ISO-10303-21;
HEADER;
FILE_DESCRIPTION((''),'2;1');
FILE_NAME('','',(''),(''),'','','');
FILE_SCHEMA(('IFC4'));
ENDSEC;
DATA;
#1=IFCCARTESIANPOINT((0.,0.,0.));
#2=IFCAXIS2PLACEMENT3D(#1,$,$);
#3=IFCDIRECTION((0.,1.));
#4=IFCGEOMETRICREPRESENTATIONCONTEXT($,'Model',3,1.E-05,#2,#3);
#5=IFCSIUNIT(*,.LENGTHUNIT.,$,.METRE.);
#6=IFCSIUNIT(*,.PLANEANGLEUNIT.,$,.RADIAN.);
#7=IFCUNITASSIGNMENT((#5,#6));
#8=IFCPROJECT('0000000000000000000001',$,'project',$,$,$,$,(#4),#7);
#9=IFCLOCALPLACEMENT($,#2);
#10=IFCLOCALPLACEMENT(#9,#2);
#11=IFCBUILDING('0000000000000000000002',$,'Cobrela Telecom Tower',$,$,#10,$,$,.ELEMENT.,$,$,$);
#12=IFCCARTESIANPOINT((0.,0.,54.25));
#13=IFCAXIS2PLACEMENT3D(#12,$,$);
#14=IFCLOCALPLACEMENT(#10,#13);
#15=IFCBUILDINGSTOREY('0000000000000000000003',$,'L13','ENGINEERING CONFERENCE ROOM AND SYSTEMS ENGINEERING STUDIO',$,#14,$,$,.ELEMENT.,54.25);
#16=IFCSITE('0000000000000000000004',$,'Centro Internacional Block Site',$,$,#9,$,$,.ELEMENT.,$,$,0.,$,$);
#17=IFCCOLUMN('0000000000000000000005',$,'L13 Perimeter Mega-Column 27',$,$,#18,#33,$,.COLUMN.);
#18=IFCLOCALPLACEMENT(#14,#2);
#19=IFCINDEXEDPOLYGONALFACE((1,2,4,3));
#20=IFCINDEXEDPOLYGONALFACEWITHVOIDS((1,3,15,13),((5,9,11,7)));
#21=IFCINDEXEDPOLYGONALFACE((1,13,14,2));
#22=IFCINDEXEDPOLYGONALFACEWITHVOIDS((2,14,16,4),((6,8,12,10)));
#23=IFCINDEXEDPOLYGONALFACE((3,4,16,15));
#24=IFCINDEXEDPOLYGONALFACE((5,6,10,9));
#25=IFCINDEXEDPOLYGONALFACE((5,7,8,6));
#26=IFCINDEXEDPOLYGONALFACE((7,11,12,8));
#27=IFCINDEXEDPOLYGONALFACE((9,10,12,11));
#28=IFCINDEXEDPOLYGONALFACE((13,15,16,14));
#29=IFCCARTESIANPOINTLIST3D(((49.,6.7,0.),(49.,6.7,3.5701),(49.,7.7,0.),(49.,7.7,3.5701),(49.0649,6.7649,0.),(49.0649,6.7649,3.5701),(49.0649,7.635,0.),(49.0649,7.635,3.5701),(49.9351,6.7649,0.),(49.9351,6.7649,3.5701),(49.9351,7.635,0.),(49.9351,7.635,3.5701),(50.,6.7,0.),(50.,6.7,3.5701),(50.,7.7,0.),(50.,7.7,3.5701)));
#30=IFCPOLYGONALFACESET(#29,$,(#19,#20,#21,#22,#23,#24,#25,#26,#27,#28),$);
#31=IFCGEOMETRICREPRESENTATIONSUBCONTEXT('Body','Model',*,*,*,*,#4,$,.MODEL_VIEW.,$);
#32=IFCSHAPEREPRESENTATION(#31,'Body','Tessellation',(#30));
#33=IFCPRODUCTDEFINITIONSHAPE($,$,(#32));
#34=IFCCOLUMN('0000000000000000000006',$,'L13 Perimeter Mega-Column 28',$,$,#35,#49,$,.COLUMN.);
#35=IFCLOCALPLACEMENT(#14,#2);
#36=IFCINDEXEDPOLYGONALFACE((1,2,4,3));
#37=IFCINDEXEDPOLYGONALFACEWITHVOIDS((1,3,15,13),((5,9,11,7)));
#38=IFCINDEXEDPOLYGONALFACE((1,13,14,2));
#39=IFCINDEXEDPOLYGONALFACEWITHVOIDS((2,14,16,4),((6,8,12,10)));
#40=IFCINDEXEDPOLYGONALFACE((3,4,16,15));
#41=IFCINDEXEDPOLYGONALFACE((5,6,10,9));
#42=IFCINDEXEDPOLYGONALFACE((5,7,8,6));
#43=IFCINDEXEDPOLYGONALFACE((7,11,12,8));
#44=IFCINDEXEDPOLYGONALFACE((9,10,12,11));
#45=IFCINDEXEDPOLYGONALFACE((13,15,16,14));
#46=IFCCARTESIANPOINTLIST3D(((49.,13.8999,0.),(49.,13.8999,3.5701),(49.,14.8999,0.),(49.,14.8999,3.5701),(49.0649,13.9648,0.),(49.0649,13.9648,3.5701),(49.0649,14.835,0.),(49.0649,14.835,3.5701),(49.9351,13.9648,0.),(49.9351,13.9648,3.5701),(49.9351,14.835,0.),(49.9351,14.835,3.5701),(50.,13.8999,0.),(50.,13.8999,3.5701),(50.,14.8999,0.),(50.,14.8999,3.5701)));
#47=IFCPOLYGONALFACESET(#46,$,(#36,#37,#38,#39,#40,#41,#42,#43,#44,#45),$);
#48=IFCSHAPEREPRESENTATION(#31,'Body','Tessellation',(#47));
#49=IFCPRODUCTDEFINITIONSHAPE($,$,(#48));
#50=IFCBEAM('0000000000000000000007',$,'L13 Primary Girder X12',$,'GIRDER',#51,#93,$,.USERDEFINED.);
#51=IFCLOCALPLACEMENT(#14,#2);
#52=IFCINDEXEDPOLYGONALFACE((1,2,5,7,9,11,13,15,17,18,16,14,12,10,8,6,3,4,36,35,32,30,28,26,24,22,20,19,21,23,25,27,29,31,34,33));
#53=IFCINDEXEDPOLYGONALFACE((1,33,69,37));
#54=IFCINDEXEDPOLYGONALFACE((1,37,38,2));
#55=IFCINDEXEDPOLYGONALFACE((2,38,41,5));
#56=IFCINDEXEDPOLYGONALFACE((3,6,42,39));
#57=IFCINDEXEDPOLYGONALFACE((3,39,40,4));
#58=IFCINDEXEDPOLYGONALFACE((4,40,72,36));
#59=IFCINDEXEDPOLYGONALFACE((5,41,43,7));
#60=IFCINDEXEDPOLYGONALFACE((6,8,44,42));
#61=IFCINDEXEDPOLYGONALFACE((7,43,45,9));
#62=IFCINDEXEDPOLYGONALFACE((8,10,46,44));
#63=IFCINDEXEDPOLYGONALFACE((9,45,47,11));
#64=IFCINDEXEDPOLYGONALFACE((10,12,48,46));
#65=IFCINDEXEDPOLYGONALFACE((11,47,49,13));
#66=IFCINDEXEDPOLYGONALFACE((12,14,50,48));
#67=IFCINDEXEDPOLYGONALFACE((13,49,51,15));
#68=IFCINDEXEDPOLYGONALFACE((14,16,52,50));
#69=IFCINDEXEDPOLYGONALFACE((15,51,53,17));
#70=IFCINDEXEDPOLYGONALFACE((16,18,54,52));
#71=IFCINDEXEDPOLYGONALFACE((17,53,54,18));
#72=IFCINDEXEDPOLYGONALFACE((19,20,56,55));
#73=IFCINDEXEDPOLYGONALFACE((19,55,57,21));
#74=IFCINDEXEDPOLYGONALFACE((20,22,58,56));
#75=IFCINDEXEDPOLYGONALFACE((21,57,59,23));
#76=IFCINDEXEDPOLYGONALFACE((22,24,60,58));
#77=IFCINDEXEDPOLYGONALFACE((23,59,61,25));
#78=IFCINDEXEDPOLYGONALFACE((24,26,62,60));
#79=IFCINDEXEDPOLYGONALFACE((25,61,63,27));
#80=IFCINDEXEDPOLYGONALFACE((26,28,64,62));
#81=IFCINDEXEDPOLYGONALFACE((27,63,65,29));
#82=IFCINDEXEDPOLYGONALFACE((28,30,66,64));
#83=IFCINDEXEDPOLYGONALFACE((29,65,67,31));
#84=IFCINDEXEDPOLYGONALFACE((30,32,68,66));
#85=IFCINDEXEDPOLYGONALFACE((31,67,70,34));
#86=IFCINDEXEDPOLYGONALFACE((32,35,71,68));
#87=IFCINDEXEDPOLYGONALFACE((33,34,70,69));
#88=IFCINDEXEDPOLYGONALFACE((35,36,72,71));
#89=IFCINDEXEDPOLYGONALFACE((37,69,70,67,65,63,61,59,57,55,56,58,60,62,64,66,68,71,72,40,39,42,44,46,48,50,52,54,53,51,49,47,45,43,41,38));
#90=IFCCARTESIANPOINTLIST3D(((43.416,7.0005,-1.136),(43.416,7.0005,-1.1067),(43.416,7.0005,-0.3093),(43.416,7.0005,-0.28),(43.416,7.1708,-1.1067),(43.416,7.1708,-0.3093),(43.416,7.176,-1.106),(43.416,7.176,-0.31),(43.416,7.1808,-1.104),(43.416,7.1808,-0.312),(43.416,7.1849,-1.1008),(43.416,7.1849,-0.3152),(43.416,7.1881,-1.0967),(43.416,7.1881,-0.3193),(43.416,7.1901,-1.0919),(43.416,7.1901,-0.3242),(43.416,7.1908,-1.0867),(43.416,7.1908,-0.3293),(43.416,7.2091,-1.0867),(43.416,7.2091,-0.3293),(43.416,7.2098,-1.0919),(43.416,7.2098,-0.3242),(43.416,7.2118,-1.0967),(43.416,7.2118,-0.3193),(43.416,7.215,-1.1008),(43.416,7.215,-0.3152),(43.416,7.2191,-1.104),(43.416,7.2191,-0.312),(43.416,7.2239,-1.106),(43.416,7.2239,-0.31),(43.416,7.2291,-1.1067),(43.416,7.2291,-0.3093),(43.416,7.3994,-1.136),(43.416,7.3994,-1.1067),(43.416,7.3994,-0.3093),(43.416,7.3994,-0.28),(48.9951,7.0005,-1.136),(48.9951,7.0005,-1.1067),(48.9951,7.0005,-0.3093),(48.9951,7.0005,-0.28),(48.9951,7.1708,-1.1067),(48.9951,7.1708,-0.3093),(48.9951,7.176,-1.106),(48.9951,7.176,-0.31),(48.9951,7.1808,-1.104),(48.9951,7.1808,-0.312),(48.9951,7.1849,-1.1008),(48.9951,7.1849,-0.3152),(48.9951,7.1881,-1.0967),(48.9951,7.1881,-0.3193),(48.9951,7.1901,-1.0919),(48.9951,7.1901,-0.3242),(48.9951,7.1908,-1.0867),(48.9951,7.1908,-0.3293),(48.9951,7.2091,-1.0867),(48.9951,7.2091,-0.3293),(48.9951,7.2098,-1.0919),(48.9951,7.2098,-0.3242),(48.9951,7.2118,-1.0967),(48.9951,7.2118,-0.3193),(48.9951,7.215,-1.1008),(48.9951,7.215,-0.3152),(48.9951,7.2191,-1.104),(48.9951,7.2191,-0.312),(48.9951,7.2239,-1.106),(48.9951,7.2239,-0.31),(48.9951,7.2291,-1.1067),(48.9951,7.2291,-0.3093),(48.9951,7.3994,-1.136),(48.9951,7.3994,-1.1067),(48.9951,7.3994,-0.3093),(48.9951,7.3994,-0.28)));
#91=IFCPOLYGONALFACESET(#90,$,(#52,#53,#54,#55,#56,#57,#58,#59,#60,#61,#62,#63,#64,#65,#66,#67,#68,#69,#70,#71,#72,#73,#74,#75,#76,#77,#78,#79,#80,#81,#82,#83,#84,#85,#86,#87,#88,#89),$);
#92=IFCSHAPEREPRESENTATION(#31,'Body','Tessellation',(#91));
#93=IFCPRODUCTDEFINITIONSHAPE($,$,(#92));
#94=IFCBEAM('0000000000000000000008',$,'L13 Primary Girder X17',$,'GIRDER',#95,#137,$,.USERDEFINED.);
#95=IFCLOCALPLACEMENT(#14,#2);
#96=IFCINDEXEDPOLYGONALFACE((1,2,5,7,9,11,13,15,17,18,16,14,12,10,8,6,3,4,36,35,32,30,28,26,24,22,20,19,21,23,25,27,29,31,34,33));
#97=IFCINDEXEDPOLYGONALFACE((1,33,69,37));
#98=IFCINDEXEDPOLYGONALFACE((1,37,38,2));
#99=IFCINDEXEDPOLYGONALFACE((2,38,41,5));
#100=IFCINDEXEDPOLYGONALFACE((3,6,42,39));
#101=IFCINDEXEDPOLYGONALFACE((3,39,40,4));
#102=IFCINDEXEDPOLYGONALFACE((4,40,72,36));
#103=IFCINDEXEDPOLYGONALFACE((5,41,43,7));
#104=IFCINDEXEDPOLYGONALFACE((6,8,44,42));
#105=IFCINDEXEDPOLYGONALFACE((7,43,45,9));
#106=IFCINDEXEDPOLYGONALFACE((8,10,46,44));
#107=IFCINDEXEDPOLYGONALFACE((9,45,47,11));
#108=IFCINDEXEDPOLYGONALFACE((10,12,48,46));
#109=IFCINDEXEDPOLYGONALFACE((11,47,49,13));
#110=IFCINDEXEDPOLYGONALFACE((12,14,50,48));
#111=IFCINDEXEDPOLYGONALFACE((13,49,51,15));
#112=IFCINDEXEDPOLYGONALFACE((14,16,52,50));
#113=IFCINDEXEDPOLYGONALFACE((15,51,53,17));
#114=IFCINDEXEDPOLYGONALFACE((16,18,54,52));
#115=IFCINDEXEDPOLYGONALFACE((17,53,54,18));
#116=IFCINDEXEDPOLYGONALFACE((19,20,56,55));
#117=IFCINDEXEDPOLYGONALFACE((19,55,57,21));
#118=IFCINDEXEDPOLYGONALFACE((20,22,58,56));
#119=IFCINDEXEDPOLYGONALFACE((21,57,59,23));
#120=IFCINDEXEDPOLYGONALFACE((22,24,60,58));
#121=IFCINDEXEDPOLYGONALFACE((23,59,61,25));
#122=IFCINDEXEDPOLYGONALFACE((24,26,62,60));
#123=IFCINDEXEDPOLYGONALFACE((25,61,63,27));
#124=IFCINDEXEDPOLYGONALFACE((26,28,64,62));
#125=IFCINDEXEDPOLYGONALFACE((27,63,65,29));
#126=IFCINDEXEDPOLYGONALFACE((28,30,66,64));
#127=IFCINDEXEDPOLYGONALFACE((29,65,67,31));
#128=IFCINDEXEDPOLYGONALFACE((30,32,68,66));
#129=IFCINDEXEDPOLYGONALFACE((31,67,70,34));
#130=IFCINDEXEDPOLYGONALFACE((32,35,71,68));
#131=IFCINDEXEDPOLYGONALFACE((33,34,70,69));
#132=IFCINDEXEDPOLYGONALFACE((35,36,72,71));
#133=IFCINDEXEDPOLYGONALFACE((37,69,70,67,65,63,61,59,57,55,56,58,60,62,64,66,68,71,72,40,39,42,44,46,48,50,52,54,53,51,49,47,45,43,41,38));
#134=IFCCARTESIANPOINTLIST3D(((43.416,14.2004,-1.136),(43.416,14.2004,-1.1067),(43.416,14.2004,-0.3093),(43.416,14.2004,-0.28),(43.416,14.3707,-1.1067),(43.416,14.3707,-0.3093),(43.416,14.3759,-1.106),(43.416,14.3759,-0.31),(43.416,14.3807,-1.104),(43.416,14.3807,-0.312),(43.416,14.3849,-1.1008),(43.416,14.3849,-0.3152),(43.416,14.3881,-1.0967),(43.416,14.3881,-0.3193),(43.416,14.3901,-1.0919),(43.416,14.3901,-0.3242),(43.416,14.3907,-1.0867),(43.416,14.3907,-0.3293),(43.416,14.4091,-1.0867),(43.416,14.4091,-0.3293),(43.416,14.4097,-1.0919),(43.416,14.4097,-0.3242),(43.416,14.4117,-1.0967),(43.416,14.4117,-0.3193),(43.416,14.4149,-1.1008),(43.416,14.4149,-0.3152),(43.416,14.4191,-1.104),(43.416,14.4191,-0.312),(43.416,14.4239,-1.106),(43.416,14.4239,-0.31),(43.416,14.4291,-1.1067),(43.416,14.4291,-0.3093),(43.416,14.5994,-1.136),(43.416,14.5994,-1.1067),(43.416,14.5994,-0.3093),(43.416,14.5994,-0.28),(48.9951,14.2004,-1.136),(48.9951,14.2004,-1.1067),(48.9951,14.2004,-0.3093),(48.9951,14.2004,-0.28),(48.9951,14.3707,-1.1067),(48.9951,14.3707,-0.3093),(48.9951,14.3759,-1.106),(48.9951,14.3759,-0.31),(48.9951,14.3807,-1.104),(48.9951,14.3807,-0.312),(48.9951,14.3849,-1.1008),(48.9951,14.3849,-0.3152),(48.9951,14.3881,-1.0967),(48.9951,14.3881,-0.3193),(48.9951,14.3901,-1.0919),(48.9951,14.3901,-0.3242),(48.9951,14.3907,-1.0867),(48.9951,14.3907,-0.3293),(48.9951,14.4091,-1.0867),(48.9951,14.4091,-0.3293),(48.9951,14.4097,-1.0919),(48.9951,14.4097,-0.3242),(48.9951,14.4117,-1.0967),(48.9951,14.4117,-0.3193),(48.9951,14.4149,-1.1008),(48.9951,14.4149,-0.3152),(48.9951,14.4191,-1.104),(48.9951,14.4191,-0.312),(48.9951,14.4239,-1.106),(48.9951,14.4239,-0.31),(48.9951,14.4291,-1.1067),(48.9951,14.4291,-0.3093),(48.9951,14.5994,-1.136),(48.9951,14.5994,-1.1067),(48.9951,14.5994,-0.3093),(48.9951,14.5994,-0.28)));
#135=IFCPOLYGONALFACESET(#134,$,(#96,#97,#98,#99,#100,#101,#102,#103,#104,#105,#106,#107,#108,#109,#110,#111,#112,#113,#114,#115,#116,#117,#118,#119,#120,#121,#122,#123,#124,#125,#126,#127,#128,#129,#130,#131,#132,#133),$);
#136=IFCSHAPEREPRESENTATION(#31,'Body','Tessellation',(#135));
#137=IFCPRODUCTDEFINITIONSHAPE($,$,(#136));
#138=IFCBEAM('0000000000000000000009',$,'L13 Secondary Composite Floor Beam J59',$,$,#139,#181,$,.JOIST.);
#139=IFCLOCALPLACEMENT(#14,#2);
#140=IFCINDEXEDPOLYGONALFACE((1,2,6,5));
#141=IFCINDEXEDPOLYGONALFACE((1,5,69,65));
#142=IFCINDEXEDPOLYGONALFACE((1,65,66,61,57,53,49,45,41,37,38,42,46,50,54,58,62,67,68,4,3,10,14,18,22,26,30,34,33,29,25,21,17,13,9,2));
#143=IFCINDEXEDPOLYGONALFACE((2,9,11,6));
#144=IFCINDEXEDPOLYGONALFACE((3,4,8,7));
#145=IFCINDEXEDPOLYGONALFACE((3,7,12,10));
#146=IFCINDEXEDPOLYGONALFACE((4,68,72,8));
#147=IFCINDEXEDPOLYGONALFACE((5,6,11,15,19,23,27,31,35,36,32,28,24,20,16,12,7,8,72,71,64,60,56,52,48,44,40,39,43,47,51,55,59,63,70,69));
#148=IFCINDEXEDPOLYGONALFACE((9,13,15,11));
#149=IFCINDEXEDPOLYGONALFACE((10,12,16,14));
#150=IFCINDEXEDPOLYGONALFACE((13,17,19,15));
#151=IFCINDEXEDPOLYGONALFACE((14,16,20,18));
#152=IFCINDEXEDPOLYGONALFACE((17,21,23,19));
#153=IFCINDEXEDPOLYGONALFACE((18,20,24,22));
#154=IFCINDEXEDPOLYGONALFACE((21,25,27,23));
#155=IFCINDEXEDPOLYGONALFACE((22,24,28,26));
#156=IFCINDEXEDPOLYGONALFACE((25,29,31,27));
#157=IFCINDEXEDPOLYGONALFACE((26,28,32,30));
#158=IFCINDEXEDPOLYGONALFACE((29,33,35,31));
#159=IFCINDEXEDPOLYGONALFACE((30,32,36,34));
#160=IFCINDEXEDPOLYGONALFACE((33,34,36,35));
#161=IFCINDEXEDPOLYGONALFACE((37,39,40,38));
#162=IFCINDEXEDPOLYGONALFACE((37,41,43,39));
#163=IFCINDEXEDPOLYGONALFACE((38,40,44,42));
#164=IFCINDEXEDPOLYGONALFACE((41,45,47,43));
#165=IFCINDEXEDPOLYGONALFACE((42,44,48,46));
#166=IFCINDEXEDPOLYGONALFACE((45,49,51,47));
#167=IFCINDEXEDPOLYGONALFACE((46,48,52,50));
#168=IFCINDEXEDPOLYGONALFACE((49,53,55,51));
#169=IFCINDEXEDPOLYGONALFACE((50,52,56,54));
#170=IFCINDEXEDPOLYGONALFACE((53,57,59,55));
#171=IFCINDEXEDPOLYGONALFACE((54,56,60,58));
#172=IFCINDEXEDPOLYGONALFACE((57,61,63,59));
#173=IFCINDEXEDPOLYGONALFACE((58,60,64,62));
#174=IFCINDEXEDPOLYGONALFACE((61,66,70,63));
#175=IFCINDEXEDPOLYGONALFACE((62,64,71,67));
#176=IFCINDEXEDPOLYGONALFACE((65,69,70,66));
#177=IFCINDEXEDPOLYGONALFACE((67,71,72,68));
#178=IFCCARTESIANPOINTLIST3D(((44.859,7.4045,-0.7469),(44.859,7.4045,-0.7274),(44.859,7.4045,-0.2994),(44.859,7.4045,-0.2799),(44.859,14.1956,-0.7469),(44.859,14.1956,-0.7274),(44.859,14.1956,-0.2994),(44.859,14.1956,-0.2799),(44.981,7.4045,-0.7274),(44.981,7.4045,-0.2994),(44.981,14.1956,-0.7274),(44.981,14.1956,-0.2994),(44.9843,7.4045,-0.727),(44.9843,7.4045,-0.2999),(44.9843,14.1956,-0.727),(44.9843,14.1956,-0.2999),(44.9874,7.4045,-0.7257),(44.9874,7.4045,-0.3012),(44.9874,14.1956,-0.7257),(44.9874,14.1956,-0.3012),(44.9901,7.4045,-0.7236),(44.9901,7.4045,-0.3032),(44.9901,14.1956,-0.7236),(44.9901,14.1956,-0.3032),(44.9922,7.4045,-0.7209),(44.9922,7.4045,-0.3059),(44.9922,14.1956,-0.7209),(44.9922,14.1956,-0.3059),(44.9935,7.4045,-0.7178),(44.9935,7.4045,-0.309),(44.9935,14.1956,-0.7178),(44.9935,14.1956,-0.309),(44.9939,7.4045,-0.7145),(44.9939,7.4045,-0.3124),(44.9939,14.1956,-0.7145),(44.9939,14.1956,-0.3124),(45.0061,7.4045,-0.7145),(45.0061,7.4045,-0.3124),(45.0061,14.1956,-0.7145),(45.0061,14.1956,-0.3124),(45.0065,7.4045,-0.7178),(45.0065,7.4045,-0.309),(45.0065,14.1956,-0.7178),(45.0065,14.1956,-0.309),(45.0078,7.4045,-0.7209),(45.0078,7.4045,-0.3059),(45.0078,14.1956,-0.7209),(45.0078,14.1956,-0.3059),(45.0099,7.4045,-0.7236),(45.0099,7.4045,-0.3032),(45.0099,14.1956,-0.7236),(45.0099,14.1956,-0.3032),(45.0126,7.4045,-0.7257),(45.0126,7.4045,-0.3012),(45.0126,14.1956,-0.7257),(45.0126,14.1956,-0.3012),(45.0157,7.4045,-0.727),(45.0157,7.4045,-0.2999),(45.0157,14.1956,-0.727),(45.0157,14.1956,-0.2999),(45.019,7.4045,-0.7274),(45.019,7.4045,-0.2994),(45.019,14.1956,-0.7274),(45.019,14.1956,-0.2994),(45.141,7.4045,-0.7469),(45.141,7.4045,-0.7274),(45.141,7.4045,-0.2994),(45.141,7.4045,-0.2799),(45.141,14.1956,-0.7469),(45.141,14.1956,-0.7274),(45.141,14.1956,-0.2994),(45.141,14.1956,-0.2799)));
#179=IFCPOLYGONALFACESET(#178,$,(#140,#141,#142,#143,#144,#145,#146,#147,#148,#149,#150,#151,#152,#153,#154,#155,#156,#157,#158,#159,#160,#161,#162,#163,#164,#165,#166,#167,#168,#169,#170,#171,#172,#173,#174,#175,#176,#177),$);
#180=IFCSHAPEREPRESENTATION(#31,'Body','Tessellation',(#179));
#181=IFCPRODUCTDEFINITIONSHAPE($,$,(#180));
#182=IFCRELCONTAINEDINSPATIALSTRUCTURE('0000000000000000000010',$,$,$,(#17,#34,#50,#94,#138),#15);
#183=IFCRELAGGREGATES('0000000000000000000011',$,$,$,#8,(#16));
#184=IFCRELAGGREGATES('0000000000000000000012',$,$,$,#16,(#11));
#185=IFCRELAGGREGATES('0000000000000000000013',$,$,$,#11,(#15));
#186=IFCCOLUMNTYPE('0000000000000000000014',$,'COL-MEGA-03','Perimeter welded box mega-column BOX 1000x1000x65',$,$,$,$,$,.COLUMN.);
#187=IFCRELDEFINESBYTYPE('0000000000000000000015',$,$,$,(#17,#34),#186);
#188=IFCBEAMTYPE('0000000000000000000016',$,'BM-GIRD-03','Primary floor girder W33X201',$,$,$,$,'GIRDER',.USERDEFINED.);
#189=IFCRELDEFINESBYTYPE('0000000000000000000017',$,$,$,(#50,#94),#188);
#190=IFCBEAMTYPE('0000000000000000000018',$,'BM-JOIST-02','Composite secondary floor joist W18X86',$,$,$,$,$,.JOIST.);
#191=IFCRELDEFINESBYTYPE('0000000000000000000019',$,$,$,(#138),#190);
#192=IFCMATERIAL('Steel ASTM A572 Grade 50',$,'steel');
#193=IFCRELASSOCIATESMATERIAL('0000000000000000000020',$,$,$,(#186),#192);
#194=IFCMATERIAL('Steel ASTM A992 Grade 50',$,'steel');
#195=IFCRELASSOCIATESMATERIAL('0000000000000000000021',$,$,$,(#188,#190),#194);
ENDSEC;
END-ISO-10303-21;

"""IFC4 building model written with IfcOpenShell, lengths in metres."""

from ifc_helpers import new_model, si_unit, direction, frame, origin, origin_2d, place, context, subcontext, project, spatial, hollow_rectangle, i_section, extrude, material, material_profile, profile_set, type_object, element, save


model = new_model("IFC4")

# Units and contexts
model_context = context("Model", 3, precision=1e-05, world=origin(), true_north=direction((0.0, 1.0)))
body_context = subcontext(model_context, "Body", "Model", "MODEL_VIEW")
ifc_project = project(units=[si_unit("LENGTHUNIT", "METRE"), si_unit("PLANEANGLEUNIT", "RADIAN")], contexts=[model_context])

# Site, building, storey
site_placement = place(None, origin())
site = spatial("IfcSite", under=ifc_project, at=site_placement, Name="Centro Internacional Block Site", CompositionType="ELEMENT", RefElevation=0.0)
building_placement = place(site_placement, origin())
building = spatial("IfcBuilding", under=site, at=building_placement, Name="Cobrela Telecom Tower", CompositionType="ELEMENT")
storey_placement = place(building_placement, frame((0.0, 0.0, 54.25)))
storey = spatial("IfcBuildingStorey", under=building, at=storey_placement, Name="L13", Description="ENGINEERING CONFERENCE ROOM AND SYSTEMS ENGINEERING STUDIO", CompositionType="ELEMENT", Elevation=54.25)

# Columns
ifc_material_1 = material(Name="Steel ASTM A572 Grade 50", Category="steel")
ifc_material_profile_1 = material_profile(ifc_material_1, hollow_rectangle(XDim=1.0, YDim=1.0, WallThickness=0.0649, at=origin_2d()), Name="BOX 1000x1000x65")
ifc_profile_set_1 = profile_set([ifc_material_profile_1], Name="Steel ASTM A572 Grade 50")
column_type = type_object("IfcColumnType", Name="COL-MEGA-03", Description="Perimeter welded box mega-column BOX 1000x1000x65", PredefinedType="COLUMN", material=ifc_profile_set_1)
for number, where, z_axis, x_axis, name in (
    (1, (49.5, 7.2, 0.0), (0.0, 0.0, 1.0), (1.0, 0.0, 0.0), "L13 Perimeter Mega-Column 27"),
    (2, (49.5, 14.3999, 0.0), (0.0, 0.0, 1.0), (1.0, 0.0, 0.0), "L13 Perimeter Mega-Column 28"),
):
    element("IfcColumn", number, at=place(storey_placement, frame(where, z_axis=z_axis, x_axis=x_axis)), inside=storey, type_object=column_type, Name=name, PredefinedType="COLUMN", context=body_context, shape_type="SweptSolid", body=[
        extrude(hollow_rectangle(XDim=1.0, YDim=1.0, WallThickness=0.0649, at=origin_2d()), origin(), (0.0, 0.0, 1.0), 3.5701),
    ])

# Beams
ifc_material_2 = material(Name="Steel ASTM A992 Grade 50", Category="steel")
ifc_material_profile_2 = material_profile(ifc_material_2, i_section(OverallWidth=0.3989, OverallDepth=0.856, WebThickness=0.0183, FlangeThickness=0.0293, FilletRadius=0.02, at=origin_2d()), Name="W33X201")
ifc_profile_set_2 = profile_set([ifc_material_profile_2], Name="Steel ASTM A992 Grade 50")
beam_type_1 = type_object("IfcBeamType", Name="BM-GIRD-03", Description="Primary floor girder W33X201", ElementType="GIRDER", PredefinedType="USERDEFINED", material=ifc_profile_set_2)
for number, where, z_axis, x_axis, name in (
    (3, (43.416, 7.2, -0.708), (1.0, 0.0, 0.0), (0.0, 1.0, 0.0), "L13 Primary Girder X12"),
    (4, (43.416, 14.3999, -0.708), (1.0, 0.0, 0.0), (0.0, 1.0, 0.0), "L13 Primary Girder X17"),
):
    element("IfcBeam", number, at=place(storey_placement, frame(where, z_axis=z_axis, x_axis=x_axis)), inside=storey, type_object=beam_type_1, Name=name, ObjectType="GIRDER", PredefinedType="USERDEFINED", context=body_context, shape_type="SweptSolid", body=[
        extrude(i_section(OverallWidth=0.3989, OverallDepth=0.856, WebThickness=0.0183, FlangeThickness=0.0293, FilletRadius=0.02, at=origin_2d()), origin(), (0.0, 0.0, 1.0), 5.5791),
    ])
ifc_material_profile_3 = material_profile(ifc_material_2, i_section(OverallWidth=0.282, OverallDepth=0.467, WebThickness=0.0122, FlangeThickness=0.0195, FilletRadius=0.0129, at=origin_2d()), Name="W18X86")
ifc_profile_set_3 = profile_set([ifc_material_profile_3], Name="Steel ASTM A992 Grade 50")
beam_type_2 = type_object("IfcBeamType", Name="BM-JOIST-02", Description="Composite secondary floor joist W18X86", PredefinedType="JOIST", material=ifc_profile_set_3)
for number, where, z_axis, x_axis, name in (
    (5, (45.0, 7.4045, -0.5134), (0.0, 1.0, 0.0), (-1.0, 0.0, 0.0), "L13 Secondary Composite Floor Beam J59"),
):
    element("IfcBeam", number, at=place(storey_placement, frame(where, z_axis=z_axis, x_axis=x_axis)), inside=storey, type_object=beam_type_2, Name=name, PredefinedType="JOIST", context=body_context, shape_type="SweptSolid", body=[
        extrude(i_section(OverallWidth=0.282, OverallDepth=0.467, WebThickness=0.0122, FlangeThickness=0.0195, FilletRadius=0.0129, at=origin_2d()), origin(), (0.0, 0.0, 1.0), 6.791),
    ])

save(model, "model.ifc")
